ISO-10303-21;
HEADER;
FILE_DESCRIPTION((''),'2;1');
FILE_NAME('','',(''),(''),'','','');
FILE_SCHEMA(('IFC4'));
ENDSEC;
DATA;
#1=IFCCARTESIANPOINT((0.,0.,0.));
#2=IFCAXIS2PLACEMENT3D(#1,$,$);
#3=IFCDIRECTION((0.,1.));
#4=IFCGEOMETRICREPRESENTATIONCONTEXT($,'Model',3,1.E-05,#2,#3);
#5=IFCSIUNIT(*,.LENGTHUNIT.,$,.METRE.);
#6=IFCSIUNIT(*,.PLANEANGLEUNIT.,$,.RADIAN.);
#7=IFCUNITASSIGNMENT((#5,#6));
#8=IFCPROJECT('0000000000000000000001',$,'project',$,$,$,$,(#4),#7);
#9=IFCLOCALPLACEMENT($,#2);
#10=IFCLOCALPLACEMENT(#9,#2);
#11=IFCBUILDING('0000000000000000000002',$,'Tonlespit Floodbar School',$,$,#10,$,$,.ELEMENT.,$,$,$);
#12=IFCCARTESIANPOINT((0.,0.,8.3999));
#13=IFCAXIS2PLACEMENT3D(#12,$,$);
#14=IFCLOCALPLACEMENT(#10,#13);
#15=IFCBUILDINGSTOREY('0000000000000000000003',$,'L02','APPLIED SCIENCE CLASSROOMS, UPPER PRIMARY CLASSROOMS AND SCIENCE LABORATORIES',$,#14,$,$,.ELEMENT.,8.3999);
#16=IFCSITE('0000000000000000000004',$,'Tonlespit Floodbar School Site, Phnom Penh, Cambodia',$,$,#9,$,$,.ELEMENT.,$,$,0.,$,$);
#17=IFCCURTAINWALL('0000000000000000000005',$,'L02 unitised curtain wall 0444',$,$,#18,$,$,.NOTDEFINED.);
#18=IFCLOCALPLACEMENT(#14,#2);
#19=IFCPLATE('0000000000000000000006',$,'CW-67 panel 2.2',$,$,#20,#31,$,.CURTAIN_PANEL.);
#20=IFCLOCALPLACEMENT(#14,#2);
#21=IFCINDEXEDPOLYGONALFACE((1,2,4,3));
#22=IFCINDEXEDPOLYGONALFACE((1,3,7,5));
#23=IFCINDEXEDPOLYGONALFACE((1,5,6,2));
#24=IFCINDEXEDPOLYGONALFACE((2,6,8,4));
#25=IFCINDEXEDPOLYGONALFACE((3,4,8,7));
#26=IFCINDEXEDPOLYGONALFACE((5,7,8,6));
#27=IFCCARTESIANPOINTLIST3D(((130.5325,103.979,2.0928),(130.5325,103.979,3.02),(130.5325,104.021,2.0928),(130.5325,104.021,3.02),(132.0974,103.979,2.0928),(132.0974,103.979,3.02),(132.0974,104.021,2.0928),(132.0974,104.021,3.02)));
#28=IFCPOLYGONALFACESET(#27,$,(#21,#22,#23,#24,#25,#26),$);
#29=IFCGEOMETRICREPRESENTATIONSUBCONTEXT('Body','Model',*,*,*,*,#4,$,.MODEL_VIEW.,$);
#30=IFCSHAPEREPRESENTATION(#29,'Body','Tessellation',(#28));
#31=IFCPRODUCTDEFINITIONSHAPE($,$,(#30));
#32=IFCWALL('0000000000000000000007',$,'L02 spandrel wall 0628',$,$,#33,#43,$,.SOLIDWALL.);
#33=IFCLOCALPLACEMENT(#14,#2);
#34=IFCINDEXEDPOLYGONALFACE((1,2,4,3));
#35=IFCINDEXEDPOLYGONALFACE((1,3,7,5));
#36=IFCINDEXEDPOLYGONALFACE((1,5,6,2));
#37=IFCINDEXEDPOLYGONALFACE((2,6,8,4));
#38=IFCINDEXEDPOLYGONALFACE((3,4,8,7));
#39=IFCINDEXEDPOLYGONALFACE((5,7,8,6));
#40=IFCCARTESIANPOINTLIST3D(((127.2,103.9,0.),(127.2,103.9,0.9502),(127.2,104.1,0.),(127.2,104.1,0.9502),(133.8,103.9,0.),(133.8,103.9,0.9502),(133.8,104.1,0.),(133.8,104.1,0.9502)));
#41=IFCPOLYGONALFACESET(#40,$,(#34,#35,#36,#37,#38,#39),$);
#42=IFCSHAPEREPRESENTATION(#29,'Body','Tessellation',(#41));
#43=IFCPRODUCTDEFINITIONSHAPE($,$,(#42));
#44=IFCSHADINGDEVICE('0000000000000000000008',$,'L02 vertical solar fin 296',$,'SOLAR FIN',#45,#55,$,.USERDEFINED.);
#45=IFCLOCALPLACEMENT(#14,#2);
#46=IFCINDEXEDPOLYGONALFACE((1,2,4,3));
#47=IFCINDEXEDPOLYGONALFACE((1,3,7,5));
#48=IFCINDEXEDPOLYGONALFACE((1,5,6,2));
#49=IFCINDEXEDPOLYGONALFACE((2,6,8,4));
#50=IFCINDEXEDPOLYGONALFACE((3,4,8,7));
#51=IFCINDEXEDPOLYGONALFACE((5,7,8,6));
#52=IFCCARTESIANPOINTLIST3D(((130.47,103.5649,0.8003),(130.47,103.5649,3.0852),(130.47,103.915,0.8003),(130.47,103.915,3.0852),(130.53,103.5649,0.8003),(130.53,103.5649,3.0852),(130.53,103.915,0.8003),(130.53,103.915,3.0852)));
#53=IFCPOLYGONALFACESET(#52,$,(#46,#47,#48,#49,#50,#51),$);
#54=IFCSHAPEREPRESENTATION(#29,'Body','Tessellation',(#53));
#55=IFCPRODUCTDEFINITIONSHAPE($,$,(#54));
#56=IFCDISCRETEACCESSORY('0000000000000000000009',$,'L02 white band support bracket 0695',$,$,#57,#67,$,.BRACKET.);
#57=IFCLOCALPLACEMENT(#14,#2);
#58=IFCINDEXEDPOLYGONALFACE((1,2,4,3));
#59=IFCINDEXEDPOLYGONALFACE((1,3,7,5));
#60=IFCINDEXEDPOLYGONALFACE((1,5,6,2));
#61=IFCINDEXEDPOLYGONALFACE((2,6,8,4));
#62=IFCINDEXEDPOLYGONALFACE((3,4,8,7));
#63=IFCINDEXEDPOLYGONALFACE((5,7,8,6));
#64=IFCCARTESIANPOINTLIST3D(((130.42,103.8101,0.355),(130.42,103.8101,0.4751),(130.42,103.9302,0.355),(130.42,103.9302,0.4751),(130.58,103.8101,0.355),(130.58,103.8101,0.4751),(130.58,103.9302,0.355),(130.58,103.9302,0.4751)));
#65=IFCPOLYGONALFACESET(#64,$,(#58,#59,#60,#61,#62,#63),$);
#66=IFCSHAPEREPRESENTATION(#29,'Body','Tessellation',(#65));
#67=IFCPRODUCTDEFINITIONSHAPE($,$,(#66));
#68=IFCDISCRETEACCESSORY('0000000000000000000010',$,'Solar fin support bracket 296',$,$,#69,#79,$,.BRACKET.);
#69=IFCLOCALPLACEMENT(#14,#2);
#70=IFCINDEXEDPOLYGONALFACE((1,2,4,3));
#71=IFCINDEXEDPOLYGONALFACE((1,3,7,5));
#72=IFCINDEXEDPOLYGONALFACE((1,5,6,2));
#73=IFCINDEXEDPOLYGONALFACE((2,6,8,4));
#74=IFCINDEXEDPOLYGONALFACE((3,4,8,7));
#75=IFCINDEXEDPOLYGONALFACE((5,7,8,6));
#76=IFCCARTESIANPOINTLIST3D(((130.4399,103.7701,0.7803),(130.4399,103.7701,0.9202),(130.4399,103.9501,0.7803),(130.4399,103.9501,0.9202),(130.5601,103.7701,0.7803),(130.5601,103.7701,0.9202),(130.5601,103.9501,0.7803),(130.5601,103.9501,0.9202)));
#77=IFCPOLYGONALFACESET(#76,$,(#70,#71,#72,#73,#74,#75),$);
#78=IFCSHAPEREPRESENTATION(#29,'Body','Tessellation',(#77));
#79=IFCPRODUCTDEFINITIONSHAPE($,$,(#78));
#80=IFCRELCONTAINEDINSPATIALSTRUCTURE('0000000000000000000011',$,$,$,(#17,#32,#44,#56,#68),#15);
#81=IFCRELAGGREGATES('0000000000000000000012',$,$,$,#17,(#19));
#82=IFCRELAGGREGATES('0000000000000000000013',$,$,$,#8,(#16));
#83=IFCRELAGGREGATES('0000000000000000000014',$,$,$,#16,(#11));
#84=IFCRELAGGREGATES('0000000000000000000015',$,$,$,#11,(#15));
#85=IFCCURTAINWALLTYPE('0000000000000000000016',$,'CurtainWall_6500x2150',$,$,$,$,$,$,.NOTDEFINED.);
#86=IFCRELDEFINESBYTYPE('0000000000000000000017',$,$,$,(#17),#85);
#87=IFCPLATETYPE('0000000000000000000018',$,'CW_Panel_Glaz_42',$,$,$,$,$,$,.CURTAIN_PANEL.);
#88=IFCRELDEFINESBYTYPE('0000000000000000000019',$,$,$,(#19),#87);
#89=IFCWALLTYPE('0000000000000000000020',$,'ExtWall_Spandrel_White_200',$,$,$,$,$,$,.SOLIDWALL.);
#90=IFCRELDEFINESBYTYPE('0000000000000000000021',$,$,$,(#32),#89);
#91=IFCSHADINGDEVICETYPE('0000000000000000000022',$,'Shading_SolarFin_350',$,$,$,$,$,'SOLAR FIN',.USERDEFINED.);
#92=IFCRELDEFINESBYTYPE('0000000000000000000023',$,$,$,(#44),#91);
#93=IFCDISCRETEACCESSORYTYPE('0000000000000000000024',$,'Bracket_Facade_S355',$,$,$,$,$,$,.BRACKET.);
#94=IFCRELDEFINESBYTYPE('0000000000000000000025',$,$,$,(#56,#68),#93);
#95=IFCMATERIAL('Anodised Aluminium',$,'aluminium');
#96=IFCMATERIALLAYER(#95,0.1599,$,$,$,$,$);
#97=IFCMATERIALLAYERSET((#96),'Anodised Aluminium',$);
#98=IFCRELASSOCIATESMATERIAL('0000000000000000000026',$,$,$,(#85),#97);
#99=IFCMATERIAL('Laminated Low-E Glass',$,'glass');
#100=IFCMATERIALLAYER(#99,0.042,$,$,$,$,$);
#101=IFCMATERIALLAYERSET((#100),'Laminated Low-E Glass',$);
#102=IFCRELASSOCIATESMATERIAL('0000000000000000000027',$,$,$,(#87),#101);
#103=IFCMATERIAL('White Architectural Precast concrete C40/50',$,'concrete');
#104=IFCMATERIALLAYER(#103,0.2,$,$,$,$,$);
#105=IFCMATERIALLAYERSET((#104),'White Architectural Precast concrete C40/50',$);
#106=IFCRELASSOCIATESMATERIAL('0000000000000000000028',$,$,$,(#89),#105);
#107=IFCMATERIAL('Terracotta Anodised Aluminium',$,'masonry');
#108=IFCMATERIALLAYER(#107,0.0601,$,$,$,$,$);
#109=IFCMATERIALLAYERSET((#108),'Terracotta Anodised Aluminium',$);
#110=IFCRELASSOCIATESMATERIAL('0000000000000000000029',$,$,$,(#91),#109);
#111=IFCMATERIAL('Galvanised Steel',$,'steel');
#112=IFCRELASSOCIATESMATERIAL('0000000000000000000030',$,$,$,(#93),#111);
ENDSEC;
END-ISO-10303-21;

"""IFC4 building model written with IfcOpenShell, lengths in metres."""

from ifc_helpers import new_model, si_unit, direction, frame, frame_2d, origin, origin_2d, place, context, subcontext, project, spatial, rectangle, extrude, material, layer, layer_set, type_object, element, aggregate, save


model = new_model("IFC4")

# Units and contexts
model_context = context("Model", 3, precision=1e-05, world=origin(), true_north=direction((0.0, 1.0)))
body_context = subcontext(model_context, "Body", "Model", "MODEL_VIEW")
ifc_project = project(units=[si_unit("LENGTHUNIT", "METRE"), si_unit("PLANEANGLEUNIT", "RADIAN")], contexts=[model_context])

# Site, building, storey
site_placement = place(None, origin())
site = spatial("IfcSite", under=ifc_project, at=site_placement, Name="Tonlespit Floodbar School Site, Phnom Penh, Cambodia", CompositionType="ELEMENT", RefElevation=0.0)
building_placement = place(site_placement, origin())
building = spatial("IfcBuilding", under=site, at=building_placement, Name="Tonlespit Floodbar School", CompositionType="ELEMENT")
storey_placement = place(building_placement, frame((0.0, 0.0, 8.3999)))
storey = spatial("IfcBuildingStorey", under=building, at=storey_placement, Name="L02", Description="APPLIED SCIENCE CLASSROOMS, UPPER PRIMARY CLASSROOMS AND SCIENCE LABORATORIES", CompositionType="ELEMENT", Elevation=8.3999)

# Curtain wall, plate
ifc_material_1 = material(Name="Anodised Aluminium", Category="aluminium")
ifc_layer_1 = layer(ifc_material_1, 0.1599)
ifc_layer_set_1 = layer_set([ifc_layer_1], Name="Anodised Aluminium")
curtain_wall_type = type_object("IfcCurtainWallType", Name="CurtainWall_6500x2150", PredefinedType="NOTDEFINED", material=ifc_layer_set_1)
curtain_wall_placement = place(storey_placement, origin())
curtain_wall = element("IfcCurtainWall", 1, at=curtain_wall_placement, inside=storey, type_object=curtain_wall_type, Name="L02 unitised curtain wall 0444", PredefinedType="NOTDEFINED")
ifc_material_2 = material(Name="Laminated Low-E Glass", Category="glass")
ifc_layer_2 = layer(ifc_material_2, 0.042)
ifc_layer_set_2 = layer_set([ifc_layer_2], Name="Laminated Low-E Glass")
plate_type = type_object("IfcPlateType", Name="CW_Panel_Glaz_42", PredefinedType="CURTAIN_PANEL", material=ifc_layer_set_2)
plate_1_placement = place(storey_placement, frame((131.3149, 104.0, 2.0928), z_axis=(0.0, 0.0, 1.0), x_axis=(-1.0, 0.0, 0.0)))
plate_1 = element("IfcPlate", 2, at=plate_1_placement, type_object=plate_type, Name="CW-67 panel 2.2", PredefinedType="CURTAIN_PANEL", context=body_context, shape_type="SweptSolid", body=[
    extrude(rectangle(XDim=1.5649, YDim=0.042, at=origin_2d()), origin(), (0.0, 0.0, 1.0), 0.9272),
])
aggregate(curtain_wall, [plate_1])

# Wall
ifc_material_3 = material(Name="White Architectural Precast concrete C40/50", Category="concrete")
ifc_layer_3 = layer(ifc_material_3, 0.2)
ifc_layer_set_3 = layer_set([ifc_layer_3], Name="White Architectural Precast concrete C40/50")
wall_type = type_object("IfcWallType", Name="ExtWall_Spandrel_White_200", PredefinedType="SOLIDWALL", material=ifc_layer_set_3)
wall_placement = place(storey_placement, frame((133.8, 104.0, 0.0), z_axis=(0.0, 0.0, 1.0), x_axis=(-1.0, 0.0, 0.0)))
element("IfcWall", 3, at=wall_placement, inside=storey, type_object=wall_type, Name="L02 spandrel wall 0628", PredefinedType="SOLIDWALL", context=body_context, shape_type="SweptSolid", body=[
    extrude(rectangle(XDim=6.6001, YDim=0.2, at=frame_2d((3.3, 0.0))), origin(), (0.0, 0.0, 1.0), 0.9502),
])

# Shading device
ifc_material_4 = material(Name="Terracotta Anodised Aluminium", Category="masonry")
ifc_layer_4 = layer(ifc_material_4, 0.0601)
ifc_layer_set_4 = layer_set([ifc_layer_4], Name="Terracotta Anodised Aluminium")
shading_device_type = type_object("IfcShadingDeviceType", Name="Shading_SolarFin_350", ElementType="SOLAR FIN", PredefinedType="USERDEFINED", material=ifc_layer_set_4)
shading_device_placement = place(storey_placement, frame((130.5, 103.74, 0.8003), z_axis=(0.0, 0.0, 1.0), x_axis=(-1.0, 0.0, 0.0)))
element("IfcShadingDevice", 4, at=shading_device_placement, inside=storey, type_object=shading_device_type, Name="L02 vertical solar fin 296", ObjectType="SOLAR FIN", PredefinedType="USERDEFINED", context=body_context, shape_type="SweptSolid", body=[
    extrude(rectangle(XDim=0.0601, YDim=0.3501, at=origin_2d()), origin(), (0.0, 0.0, 1.0), 2.2849),
])

# Discrete accessories
ifc_material_5 = material(Name="Galvanised Steel", Category="steel")
discrete_accessory_type = type_object("IfcDiscreteAccessoryType", Name="Bracket_Facade_S355", PredefinedType="BRACKET", material=ifc_material_5)
discrete_accessory_1_placement = place(storey_placement, frame((130.5, 103.8701, 0.355), z_axis=(0.0, 0.0, 1.0), x_axis=(-1.0, 0.0, 0.0)))
element("IfcDiscreteAccessory", 5, at=discrete_accessory_1_placement, inside=storey, type_object=discrete_accessory_type, Name="L02 white band support bracket 0695", PredefinedType="BRACKET", context=body_context, shape_type="SweptSolid", body=[
    extrude(rectangle(XDim=0.1599, YDim=0.1201, at=origin_2d()), origin(), (0.0, 0.0, 1.0), 0.1201),
])
discrete_accessory_2_placement = place(storey_placement, frame((130.5, 103.8601, 0.7803), z_axis=(0.0, 0.0, 1.0), x_axis=(-1.0, 0.0, 0.0)))
element("IfcDiscreteAccessory", 6, at=discrete_accessory_2_placement, inside=storey, type_object=discrete_accessory_type, Name="Solar fin support bracket 296", PredefinedType="BRACKET", context=body_context, shape_type="SweptSolid", body=[
    extrude(rectangle(XDim=0.1201, YDim=0.1799, at=origin_2d()), origin(), (0.0, 0.0, 1.0), 0.1399),
])

save(model, "model.ifc")
